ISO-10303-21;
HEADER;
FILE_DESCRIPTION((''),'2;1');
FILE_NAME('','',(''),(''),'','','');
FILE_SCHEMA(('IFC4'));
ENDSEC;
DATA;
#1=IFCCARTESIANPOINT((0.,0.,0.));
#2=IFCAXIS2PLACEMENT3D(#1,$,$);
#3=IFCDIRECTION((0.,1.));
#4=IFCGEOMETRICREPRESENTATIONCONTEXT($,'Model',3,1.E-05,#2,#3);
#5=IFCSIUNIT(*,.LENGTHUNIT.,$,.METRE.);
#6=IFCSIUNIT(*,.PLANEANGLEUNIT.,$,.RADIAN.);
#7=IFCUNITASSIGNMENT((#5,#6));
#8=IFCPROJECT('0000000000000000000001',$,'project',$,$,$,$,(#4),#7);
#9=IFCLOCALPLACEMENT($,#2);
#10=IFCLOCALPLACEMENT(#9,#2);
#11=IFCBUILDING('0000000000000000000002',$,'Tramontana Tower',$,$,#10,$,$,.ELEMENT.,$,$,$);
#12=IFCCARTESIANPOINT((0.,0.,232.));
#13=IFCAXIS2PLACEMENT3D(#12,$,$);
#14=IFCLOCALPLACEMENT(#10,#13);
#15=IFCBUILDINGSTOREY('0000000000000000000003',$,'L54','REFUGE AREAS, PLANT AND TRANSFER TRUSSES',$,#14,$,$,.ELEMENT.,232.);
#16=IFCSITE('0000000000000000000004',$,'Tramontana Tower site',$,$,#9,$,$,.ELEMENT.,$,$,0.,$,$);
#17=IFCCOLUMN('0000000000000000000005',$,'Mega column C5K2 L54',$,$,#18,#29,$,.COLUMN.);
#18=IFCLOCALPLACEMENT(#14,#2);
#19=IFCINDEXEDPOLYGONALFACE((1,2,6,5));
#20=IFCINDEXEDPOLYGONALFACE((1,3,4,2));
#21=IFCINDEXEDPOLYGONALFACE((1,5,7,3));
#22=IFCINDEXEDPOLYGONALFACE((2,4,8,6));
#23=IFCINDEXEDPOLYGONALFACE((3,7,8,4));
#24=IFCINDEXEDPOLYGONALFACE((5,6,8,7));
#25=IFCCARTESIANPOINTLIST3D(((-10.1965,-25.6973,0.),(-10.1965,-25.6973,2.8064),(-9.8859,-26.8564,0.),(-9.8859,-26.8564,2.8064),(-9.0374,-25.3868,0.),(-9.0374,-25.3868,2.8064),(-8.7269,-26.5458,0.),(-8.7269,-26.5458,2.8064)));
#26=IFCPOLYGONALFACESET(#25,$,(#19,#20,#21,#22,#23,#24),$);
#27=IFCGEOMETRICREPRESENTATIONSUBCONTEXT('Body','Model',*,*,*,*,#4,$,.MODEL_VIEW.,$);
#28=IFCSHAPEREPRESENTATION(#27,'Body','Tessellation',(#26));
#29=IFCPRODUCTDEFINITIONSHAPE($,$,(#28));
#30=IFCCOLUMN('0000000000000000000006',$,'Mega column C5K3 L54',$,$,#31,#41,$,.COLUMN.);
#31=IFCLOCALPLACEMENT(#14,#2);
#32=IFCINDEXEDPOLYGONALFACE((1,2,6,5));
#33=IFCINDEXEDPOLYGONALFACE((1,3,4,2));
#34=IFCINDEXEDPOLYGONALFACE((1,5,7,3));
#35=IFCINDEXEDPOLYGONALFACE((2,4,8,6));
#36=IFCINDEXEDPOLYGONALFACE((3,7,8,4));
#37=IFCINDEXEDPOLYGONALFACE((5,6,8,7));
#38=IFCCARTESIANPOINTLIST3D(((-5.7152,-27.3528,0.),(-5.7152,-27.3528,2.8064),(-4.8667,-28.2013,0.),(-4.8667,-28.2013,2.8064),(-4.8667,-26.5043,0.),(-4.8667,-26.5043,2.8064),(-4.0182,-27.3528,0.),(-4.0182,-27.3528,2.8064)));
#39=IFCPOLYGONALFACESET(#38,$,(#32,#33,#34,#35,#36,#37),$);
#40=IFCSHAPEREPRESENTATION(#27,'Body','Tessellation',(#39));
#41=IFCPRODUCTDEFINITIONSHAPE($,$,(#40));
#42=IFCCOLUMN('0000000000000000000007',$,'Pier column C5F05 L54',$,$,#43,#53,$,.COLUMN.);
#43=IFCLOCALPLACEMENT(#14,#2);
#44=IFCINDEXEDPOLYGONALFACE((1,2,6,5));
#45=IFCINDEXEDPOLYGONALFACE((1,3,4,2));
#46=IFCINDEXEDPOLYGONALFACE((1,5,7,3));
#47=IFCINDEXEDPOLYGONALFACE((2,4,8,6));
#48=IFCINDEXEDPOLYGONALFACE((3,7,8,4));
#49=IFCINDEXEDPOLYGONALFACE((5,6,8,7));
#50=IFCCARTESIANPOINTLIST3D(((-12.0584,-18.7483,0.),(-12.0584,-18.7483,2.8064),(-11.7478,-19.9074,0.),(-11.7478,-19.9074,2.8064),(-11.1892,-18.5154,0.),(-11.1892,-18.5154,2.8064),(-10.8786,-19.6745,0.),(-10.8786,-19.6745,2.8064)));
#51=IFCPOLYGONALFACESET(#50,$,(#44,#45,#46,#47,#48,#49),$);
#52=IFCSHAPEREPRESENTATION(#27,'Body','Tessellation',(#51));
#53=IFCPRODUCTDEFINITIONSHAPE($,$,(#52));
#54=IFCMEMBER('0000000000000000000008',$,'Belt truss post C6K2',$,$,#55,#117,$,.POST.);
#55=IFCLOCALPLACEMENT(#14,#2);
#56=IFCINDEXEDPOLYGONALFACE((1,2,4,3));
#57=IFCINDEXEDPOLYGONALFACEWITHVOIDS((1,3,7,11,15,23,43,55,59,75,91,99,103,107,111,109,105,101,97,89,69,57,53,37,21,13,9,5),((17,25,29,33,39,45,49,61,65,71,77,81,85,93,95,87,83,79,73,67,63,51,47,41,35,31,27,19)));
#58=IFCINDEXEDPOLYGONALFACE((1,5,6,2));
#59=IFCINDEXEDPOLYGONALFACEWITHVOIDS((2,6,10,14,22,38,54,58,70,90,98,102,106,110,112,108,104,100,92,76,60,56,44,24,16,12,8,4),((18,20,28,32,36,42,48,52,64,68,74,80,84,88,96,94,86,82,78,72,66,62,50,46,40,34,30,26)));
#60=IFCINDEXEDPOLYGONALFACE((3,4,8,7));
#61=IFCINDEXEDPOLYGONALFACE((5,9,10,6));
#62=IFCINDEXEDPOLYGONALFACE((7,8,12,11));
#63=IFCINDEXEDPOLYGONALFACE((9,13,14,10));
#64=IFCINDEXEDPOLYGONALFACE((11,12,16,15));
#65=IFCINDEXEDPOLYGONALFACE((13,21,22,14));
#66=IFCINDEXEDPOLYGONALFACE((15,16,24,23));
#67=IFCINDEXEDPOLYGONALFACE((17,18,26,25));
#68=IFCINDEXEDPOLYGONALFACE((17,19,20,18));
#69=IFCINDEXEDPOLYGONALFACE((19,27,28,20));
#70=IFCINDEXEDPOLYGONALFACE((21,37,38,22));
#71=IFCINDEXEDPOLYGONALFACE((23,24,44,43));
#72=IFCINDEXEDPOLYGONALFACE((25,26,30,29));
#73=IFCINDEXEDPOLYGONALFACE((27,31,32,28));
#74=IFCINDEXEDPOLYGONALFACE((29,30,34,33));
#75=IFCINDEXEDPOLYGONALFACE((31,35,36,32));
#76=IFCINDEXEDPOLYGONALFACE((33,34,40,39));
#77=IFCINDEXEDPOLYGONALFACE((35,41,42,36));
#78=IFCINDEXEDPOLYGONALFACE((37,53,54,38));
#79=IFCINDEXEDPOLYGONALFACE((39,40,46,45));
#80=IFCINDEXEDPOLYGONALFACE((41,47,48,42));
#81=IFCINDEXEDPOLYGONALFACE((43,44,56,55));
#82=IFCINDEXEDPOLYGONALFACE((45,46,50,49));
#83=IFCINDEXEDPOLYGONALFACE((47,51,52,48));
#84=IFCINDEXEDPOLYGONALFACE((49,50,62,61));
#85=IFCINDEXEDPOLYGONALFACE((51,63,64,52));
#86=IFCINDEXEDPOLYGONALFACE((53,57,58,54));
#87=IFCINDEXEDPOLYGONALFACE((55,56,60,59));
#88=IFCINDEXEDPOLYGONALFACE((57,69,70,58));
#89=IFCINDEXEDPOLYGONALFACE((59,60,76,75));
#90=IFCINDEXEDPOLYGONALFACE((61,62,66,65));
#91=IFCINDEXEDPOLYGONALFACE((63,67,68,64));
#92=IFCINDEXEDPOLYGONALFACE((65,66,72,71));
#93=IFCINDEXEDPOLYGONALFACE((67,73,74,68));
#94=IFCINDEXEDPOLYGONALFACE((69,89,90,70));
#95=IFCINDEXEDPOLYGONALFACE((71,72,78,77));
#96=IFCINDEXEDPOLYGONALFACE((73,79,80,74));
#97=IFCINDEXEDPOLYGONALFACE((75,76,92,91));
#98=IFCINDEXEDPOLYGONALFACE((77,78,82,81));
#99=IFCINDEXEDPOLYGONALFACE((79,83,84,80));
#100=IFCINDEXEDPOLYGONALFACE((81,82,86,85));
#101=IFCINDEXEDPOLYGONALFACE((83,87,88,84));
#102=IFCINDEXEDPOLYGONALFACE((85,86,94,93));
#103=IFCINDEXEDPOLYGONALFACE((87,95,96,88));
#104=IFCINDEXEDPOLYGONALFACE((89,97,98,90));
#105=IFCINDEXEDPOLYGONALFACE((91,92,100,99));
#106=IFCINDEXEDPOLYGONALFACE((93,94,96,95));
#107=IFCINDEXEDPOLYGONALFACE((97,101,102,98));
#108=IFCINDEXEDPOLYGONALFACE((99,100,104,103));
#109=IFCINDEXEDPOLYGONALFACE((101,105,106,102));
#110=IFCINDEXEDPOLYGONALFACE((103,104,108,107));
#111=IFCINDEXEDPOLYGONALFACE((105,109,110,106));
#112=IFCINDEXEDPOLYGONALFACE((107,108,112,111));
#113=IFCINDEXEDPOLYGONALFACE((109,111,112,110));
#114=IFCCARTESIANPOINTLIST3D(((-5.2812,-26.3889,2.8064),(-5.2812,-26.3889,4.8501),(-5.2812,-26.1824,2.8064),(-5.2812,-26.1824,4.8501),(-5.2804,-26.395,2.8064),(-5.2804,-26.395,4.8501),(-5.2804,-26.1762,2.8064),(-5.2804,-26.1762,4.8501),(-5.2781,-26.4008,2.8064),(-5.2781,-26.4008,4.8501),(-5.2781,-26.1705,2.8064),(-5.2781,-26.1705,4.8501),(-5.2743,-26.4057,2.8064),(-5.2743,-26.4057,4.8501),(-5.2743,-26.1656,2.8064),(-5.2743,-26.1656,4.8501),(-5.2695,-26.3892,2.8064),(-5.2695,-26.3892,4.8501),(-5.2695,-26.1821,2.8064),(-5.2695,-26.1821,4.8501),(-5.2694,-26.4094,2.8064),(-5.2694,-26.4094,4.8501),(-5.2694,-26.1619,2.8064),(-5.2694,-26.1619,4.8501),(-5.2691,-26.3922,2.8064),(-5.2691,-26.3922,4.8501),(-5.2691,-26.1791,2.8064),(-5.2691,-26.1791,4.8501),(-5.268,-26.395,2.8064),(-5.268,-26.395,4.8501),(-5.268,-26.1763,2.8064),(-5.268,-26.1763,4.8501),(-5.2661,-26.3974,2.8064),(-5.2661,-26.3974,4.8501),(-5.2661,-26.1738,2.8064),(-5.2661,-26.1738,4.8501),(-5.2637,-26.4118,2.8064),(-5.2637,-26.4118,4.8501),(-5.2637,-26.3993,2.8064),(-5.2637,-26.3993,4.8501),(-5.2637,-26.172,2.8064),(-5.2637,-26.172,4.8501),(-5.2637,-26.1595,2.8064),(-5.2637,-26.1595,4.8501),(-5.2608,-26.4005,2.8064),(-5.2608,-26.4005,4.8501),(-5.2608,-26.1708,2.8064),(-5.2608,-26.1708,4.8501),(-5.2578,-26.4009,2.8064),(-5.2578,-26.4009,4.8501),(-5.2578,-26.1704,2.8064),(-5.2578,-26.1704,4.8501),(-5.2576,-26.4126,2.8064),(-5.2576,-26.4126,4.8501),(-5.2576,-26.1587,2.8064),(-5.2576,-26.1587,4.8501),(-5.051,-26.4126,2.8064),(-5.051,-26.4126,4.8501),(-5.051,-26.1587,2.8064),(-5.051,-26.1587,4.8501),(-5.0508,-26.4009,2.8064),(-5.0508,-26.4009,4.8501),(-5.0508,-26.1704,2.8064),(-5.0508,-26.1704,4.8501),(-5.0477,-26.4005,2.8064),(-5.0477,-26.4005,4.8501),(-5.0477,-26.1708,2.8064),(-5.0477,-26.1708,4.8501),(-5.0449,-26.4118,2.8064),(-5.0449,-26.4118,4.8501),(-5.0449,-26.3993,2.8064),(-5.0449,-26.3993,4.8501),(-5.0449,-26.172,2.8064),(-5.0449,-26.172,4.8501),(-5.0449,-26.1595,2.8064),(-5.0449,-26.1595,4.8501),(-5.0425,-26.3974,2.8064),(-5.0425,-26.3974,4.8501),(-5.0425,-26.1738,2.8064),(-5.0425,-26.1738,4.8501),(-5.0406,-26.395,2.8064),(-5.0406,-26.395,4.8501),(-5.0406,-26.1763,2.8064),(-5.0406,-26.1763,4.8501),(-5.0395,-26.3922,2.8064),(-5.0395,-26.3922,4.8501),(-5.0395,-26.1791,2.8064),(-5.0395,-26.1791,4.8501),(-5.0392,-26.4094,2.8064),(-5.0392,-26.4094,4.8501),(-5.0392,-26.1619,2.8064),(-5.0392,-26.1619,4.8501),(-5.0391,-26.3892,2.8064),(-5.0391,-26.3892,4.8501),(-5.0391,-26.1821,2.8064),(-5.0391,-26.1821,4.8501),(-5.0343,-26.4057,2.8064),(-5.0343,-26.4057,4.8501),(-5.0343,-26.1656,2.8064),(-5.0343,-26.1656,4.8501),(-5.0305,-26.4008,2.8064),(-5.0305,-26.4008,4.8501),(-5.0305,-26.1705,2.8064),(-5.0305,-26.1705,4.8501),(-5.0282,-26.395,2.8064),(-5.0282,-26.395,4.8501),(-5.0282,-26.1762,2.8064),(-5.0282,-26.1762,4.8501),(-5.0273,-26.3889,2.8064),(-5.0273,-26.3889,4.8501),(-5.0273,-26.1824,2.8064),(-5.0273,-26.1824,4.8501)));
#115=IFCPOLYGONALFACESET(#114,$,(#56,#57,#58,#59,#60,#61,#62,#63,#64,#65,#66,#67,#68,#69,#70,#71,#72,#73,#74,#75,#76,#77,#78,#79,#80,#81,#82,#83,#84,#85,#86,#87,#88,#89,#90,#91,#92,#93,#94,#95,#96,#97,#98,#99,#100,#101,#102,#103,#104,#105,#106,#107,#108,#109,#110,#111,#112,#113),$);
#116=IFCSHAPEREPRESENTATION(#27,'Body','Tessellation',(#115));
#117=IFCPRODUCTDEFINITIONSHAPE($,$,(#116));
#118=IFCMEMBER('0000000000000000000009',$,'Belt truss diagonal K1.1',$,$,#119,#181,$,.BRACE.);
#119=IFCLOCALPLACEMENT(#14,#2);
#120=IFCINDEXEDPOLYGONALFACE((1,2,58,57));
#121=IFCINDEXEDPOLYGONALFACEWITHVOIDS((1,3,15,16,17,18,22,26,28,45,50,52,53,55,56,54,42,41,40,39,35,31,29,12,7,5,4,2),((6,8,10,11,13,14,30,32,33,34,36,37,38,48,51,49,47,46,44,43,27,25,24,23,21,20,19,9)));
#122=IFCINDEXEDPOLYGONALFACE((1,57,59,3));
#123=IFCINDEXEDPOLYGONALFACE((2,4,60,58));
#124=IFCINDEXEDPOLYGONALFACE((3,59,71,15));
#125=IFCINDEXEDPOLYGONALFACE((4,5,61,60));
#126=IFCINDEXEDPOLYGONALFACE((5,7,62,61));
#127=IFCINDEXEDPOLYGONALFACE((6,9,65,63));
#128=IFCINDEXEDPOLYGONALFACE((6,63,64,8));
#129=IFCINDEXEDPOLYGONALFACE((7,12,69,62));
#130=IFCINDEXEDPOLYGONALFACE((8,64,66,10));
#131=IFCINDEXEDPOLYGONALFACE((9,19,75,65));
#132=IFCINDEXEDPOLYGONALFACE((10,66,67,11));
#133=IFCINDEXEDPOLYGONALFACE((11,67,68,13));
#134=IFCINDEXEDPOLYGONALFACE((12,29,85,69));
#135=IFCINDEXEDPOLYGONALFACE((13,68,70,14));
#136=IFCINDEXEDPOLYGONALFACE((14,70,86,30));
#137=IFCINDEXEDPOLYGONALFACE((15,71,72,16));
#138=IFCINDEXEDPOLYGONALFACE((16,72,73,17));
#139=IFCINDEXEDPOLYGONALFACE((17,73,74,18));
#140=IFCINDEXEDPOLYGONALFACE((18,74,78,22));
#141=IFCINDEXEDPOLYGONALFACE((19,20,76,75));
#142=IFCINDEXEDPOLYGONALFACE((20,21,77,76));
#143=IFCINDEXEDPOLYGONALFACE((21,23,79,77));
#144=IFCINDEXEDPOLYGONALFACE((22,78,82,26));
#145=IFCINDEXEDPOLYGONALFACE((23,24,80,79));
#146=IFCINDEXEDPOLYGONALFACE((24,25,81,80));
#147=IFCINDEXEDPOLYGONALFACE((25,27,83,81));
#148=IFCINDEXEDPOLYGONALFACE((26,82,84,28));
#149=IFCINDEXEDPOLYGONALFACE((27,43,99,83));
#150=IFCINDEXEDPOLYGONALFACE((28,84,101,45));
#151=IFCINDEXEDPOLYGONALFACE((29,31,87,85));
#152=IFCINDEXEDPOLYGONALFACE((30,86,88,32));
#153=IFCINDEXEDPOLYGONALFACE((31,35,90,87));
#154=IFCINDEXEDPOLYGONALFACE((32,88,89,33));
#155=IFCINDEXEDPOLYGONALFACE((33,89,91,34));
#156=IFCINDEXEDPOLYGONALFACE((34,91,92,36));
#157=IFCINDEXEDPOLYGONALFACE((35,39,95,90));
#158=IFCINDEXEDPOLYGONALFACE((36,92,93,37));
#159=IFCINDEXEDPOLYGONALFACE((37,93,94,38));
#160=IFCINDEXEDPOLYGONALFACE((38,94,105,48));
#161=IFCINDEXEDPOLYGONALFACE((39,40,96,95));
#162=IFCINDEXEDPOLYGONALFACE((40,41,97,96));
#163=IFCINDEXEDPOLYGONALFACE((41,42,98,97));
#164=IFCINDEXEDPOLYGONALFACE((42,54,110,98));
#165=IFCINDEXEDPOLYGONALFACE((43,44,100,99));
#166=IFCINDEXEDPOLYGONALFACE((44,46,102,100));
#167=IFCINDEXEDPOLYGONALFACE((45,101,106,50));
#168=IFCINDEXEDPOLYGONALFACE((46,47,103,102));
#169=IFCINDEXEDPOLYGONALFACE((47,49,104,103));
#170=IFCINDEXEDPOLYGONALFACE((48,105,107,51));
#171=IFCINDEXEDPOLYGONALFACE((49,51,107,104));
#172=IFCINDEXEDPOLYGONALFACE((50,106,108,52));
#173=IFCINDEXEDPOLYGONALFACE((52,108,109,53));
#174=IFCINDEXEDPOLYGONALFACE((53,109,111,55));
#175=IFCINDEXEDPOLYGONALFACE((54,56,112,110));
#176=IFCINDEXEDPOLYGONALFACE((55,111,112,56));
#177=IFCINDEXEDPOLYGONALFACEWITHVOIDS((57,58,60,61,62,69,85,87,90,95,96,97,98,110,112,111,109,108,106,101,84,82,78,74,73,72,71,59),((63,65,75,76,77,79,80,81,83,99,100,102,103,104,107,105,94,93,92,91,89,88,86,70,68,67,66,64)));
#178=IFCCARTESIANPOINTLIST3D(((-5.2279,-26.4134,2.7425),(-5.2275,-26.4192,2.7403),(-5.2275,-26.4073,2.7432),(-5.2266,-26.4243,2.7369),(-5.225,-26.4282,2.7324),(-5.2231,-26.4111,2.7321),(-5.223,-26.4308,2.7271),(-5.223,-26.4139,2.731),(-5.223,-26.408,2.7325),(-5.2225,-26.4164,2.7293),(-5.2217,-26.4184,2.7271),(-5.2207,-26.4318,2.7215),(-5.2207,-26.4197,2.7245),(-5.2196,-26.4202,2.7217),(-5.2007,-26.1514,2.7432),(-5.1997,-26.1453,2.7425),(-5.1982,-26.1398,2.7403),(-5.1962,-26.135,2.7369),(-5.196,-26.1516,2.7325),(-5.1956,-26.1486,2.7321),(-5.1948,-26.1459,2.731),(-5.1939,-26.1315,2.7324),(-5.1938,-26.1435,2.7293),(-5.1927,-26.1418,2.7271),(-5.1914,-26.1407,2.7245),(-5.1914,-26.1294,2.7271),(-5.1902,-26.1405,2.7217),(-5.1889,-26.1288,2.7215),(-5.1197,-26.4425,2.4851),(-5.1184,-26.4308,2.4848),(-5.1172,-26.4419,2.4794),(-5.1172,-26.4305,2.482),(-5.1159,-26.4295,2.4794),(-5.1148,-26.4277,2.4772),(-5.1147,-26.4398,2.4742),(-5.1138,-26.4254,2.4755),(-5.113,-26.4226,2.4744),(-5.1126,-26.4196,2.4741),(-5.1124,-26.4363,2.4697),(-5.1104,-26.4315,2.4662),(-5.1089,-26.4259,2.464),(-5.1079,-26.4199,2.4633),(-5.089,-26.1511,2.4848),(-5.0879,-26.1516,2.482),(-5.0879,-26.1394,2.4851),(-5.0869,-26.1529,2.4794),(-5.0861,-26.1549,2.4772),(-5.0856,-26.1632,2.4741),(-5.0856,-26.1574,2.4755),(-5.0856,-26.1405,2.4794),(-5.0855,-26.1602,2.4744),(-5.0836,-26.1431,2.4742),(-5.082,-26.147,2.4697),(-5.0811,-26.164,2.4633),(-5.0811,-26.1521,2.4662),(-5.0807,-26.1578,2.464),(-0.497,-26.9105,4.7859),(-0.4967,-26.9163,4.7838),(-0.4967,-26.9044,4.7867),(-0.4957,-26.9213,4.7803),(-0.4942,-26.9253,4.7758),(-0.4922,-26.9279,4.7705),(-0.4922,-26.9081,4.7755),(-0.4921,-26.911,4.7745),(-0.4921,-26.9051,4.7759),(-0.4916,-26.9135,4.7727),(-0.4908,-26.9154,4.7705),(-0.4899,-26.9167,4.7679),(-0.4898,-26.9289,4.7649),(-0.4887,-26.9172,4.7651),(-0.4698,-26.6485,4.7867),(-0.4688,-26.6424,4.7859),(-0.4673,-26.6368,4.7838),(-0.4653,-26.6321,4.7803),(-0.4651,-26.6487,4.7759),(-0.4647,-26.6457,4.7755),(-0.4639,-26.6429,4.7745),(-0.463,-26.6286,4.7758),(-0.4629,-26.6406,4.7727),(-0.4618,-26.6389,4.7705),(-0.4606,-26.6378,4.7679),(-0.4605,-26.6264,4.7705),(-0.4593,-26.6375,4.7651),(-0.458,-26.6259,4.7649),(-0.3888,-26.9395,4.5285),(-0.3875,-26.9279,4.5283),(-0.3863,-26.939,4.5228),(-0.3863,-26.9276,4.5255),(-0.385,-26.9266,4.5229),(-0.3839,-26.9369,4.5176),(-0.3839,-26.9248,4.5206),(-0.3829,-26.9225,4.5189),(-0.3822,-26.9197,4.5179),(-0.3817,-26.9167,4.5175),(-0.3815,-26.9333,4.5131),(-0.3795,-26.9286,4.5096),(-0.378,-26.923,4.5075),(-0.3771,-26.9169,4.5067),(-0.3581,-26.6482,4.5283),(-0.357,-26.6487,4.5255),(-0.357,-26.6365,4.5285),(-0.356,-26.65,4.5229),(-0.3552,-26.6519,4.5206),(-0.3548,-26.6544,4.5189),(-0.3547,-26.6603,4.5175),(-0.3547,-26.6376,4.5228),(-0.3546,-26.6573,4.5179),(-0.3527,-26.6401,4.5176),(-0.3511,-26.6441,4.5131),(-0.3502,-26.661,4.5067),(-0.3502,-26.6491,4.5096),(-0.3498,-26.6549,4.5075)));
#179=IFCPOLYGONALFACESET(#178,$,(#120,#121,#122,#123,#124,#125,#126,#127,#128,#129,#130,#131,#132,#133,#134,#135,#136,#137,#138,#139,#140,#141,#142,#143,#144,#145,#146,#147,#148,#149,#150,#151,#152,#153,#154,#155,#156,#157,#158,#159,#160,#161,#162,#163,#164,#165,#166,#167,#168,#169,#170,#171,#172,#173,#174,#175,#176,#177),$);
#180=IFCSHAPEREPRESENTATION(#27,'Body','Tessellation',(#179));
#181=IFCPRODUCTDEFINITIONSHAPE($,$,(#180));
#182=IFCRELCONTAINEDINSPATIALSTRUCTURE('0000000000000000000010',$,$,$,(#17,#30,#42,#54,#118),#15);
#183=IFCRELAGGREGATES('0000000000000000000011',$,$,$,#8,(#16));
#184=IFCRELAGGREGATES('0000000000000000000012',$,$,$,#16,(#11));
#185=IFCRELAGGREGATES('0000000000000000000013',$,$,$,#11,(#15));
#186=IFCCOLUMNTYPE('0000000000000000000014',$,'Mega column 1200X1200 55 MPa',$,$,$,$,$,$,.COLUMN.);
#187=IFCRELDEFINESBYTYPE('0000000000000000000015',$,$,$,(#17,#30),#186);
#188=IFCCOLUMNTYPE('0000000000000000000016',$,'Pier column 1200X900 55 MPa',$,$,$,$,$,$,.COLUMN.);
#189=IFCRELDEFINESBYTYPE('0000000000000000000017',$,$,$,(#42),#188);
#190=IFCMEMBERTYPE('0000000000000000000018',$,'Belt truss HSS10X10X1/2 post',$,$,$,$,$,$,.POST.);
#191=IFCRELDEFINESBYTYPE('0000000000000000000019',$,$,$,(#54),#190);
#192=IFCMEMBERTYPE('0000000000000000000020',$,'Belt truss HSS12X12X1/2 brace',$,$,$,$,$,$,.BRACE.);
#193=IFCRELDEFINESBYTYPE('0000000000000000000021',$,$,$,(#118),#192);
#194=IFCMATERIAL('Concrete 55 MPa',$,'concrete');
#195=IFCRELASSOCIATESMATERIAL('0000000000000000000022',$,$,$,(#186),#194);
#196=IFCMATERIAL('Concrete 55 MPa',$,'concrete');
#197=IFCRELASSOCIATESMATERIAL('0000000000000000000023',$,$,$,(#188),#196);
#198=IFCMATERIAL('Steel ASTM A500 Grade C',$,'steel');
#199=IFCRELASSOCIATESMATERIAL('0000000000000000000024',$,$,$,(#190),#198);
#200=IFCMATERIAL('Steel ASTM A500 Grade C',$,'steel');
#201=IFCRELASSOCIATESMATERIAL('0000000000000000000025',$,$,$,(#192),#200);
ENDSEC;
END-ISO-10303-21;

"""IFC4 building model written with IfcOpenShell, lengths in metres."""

from ifc_helpers import new_model, si_unit, direction, frame, origin, origin_2d, place, context, subcontext, project, spatial, rectangle, hollow_rectangle, extrude, material, material_profile, profile_set, type_object, element, save


model = new_model("IFC4")

# Units and contexts
model_context = context("Model", 3, precision=1e-05, world=origin(), true_north=direction((0.0, 1.0)))
body_context = subcontext(model_context, "Body", "Model", "MODEL_VIEW")
ifc_project = project(units=[si_unit("LENGTHUNIT", "METRE"), si_unit("PLANEANGLEUNIT", "RADIAN")], contexts=[model_context])

# Site, building, storey
site_placement = place(None, origin())
site = spatial("IfcSite", under=ifc_project, at=site_placement, Name="Tramontana Tower site", CompositionType="ELEMENT", RefElevation=0.0)
building_placement = place(site_placement, origin())
building = spatial("IfcBuilding", under=site, at=building_placement, Name="Tramontana Tower", CompositionType="ELEMENT")
storey_placement = place(building_placement, frame((0.0, 0.0, 232.0)))
storey = spatial("IfcBuildingStorey", under=building, at=storey_placement, Name="L54", Description="REFUGE AREAS, PLANT AND TRANSFER TRUSSES", CompositionType="ELEMENT", Elevation=232.0)

# Columns
ifc_material_1 = material(Name="Concrete 55 MPa", Category="concrete")
ifc_material_profile_1 = material_profile(ifc_material_1, rectangle(XDim=1.2, YDim=1.2, at=origin_2d()), Name="Mega column 1200X1200 55 MPa")
ifc_profile_set_1 = profile_set([ifc_material_profile_1], Name="Concrete 55 MPa")
column_type_1 = type_object("IfcColumnType", Name="Mega column 1200X1200 55 MPa", PredefinedType="COLUMN", material=ifc_profile_set_1)
for number, where, z_axis, x_axis, name in (
    (1, (-9.4617, -26.1216, 0.0), (0.0, 0.0, 1.0), (0.258819, -0.965926, 0.0), "Mega column C5K2 L54"),
    (2, (-4.8667, -27.3528, 0.0), (0.0, 0.0, 1.0), (0.707107, 0.707107, 0.0), "Mega column C5K3 L54"),
):
    element("IfcColumn", number, at=place(storey_placement, frame(where, z_axis=z_axis, x_axis=x_axis)), inside=storey, type_object=column_type_1, Name=name, PredefinedType="COLUMN", context=body_context, shape_type="SweptSolid", body=[
        extrude(rectangle(XDim=1.2, YDim=1.2, at=origin_2d()), origin(), (0.0, 0.0, 1.0), 2.8064),
    ])
ifc_material_2 = material(Name="Concrete 55 MPa", Category="concrete")
ifc_material_profile_2 = material_profile(ifc_material_2, rectangle(XDim=1.2, YDim=0.8999, at=origin_2d()), Name="Pier column 1200X900 55 MPa")
ifc_profile_set_2 = profile_set([ifc_material_profile_2], Name="Concrete 55 MPa")
column_type_2 = type_object("IfcColumnType", Name="Pier column 1200X900 55 MPa", PredefinedType="COLUMN", material=ifc_profile_set_2)
column_placement = place(storey_placement, frame((-11.4685, -19.2114, 0.0), z_axis=(0.0, 0.0, 1.0), x_axis=(0.258819, -0.965926, 0.0)))
element("IfcColumn", 3, at=column_placement, inside=storey, type_object=column_type_2, Name="Pier column C5F05 L54", PredefinedType="COLUMN", context=body_context, shape_type="SweptSolid", body=[
    extrude(rectangle(XDim=1.2, YDim=0.8999, at=origin_2d()), origin(), (0.0, 0.0, 1.0), 2.8064),
])

# Members
ifc_material_3 = material(Name="Steel ASTM A500 Grade C", Category="steel")
ifc_material_profile_3 = material_profile(ifc_material_3, hollow_rectangle(XDim=0.2539, YDim=0.2539, WallThickness=0.0117, InnerFilletRadius=0.0117, OuterFilletRadius=0.0237, at=origin_2d()), Name="HSS10X10X1/2")
ifc_profile_set_3 = profile_set([ifc_material_profile_3], Name="Steel ASTM A500 Grade C")
member_type_1 = type_object("IfcMemberType", Name="Belt truss HSS10X10X1/2 post", PredefinedType="POST", material=ifc_profile_set_3)
member_1_placement = place(storey_placement, frame((-5.1543, -26.2856, 2.8064), z_axis=(0.0, 0.0, 1.0), x_axis=(1.0, 0.0, 0.0)))
element("IfcMember", 4, at=member_1_placement, inside=storey, type_object=member_type_1, Name="Belt truss post C6K2", PredefinedType="POST", context=body_context, shape_type="SweptSolid", body=[
    extrude(hollow_rectangle(XDim=0.2539, YDim=0.2539, WallThickness=0.0117, InnerFilletRadius=0.0117, OuterFilletRadius=0.0237, at=origin_2d()), origin(), (0.0, 0.0, 1.0), 2.0437),
])
ifc_material_4 = material(Name="Steel ASTM A500 Grade C", Category="steel")
ifc_material_profile_4 = material_profile(ifc_material_4, hollow_rectangle(XDim=0.3047, YDim=0.3047, WallThickness=0.0117, InnerFilletRadius=0.0117, OuterFilletRadius=0.0237, at=origin_2d()), Name="HSS12X12X1/2")
ifc_profile_set_4 = profile_set([ifc_material_profile_4], Name="Steel ASTM A500 Grade C")
member_type_2 = type_object("IfcMemberType", Name="Belt truss HSS12X12X1/2 brace", PredefinedType="BRACE", material=ifc_profile_set_4)
member_2_placement = place(storey_placement, frame((-5.1543, -26.2856, 2.6033), z_axis=(0.913783, -0.096009, 0.394693), x_axis=(0.104492, 0.994526, 0.0)))
element("IfcMember", 5, at=member_2_placement, inside=storey, type_object=member_type_2, Name="Belt truss diagonal K1.1", PredefinedType="BRACE", context=body_context, shape_type="SweptSolid", body=[
    extrude(hollow_rectangle(XDim=0.3047, YDim=0.3047, WallThickness=0.0117, InnerFilletRadius=0.0117, OuterFilletRadius=0.0237, at=origin_2d()), origin(), (0.0, 0.0, 1.0), 5.1772),
])

save(model, "model.ifc")
